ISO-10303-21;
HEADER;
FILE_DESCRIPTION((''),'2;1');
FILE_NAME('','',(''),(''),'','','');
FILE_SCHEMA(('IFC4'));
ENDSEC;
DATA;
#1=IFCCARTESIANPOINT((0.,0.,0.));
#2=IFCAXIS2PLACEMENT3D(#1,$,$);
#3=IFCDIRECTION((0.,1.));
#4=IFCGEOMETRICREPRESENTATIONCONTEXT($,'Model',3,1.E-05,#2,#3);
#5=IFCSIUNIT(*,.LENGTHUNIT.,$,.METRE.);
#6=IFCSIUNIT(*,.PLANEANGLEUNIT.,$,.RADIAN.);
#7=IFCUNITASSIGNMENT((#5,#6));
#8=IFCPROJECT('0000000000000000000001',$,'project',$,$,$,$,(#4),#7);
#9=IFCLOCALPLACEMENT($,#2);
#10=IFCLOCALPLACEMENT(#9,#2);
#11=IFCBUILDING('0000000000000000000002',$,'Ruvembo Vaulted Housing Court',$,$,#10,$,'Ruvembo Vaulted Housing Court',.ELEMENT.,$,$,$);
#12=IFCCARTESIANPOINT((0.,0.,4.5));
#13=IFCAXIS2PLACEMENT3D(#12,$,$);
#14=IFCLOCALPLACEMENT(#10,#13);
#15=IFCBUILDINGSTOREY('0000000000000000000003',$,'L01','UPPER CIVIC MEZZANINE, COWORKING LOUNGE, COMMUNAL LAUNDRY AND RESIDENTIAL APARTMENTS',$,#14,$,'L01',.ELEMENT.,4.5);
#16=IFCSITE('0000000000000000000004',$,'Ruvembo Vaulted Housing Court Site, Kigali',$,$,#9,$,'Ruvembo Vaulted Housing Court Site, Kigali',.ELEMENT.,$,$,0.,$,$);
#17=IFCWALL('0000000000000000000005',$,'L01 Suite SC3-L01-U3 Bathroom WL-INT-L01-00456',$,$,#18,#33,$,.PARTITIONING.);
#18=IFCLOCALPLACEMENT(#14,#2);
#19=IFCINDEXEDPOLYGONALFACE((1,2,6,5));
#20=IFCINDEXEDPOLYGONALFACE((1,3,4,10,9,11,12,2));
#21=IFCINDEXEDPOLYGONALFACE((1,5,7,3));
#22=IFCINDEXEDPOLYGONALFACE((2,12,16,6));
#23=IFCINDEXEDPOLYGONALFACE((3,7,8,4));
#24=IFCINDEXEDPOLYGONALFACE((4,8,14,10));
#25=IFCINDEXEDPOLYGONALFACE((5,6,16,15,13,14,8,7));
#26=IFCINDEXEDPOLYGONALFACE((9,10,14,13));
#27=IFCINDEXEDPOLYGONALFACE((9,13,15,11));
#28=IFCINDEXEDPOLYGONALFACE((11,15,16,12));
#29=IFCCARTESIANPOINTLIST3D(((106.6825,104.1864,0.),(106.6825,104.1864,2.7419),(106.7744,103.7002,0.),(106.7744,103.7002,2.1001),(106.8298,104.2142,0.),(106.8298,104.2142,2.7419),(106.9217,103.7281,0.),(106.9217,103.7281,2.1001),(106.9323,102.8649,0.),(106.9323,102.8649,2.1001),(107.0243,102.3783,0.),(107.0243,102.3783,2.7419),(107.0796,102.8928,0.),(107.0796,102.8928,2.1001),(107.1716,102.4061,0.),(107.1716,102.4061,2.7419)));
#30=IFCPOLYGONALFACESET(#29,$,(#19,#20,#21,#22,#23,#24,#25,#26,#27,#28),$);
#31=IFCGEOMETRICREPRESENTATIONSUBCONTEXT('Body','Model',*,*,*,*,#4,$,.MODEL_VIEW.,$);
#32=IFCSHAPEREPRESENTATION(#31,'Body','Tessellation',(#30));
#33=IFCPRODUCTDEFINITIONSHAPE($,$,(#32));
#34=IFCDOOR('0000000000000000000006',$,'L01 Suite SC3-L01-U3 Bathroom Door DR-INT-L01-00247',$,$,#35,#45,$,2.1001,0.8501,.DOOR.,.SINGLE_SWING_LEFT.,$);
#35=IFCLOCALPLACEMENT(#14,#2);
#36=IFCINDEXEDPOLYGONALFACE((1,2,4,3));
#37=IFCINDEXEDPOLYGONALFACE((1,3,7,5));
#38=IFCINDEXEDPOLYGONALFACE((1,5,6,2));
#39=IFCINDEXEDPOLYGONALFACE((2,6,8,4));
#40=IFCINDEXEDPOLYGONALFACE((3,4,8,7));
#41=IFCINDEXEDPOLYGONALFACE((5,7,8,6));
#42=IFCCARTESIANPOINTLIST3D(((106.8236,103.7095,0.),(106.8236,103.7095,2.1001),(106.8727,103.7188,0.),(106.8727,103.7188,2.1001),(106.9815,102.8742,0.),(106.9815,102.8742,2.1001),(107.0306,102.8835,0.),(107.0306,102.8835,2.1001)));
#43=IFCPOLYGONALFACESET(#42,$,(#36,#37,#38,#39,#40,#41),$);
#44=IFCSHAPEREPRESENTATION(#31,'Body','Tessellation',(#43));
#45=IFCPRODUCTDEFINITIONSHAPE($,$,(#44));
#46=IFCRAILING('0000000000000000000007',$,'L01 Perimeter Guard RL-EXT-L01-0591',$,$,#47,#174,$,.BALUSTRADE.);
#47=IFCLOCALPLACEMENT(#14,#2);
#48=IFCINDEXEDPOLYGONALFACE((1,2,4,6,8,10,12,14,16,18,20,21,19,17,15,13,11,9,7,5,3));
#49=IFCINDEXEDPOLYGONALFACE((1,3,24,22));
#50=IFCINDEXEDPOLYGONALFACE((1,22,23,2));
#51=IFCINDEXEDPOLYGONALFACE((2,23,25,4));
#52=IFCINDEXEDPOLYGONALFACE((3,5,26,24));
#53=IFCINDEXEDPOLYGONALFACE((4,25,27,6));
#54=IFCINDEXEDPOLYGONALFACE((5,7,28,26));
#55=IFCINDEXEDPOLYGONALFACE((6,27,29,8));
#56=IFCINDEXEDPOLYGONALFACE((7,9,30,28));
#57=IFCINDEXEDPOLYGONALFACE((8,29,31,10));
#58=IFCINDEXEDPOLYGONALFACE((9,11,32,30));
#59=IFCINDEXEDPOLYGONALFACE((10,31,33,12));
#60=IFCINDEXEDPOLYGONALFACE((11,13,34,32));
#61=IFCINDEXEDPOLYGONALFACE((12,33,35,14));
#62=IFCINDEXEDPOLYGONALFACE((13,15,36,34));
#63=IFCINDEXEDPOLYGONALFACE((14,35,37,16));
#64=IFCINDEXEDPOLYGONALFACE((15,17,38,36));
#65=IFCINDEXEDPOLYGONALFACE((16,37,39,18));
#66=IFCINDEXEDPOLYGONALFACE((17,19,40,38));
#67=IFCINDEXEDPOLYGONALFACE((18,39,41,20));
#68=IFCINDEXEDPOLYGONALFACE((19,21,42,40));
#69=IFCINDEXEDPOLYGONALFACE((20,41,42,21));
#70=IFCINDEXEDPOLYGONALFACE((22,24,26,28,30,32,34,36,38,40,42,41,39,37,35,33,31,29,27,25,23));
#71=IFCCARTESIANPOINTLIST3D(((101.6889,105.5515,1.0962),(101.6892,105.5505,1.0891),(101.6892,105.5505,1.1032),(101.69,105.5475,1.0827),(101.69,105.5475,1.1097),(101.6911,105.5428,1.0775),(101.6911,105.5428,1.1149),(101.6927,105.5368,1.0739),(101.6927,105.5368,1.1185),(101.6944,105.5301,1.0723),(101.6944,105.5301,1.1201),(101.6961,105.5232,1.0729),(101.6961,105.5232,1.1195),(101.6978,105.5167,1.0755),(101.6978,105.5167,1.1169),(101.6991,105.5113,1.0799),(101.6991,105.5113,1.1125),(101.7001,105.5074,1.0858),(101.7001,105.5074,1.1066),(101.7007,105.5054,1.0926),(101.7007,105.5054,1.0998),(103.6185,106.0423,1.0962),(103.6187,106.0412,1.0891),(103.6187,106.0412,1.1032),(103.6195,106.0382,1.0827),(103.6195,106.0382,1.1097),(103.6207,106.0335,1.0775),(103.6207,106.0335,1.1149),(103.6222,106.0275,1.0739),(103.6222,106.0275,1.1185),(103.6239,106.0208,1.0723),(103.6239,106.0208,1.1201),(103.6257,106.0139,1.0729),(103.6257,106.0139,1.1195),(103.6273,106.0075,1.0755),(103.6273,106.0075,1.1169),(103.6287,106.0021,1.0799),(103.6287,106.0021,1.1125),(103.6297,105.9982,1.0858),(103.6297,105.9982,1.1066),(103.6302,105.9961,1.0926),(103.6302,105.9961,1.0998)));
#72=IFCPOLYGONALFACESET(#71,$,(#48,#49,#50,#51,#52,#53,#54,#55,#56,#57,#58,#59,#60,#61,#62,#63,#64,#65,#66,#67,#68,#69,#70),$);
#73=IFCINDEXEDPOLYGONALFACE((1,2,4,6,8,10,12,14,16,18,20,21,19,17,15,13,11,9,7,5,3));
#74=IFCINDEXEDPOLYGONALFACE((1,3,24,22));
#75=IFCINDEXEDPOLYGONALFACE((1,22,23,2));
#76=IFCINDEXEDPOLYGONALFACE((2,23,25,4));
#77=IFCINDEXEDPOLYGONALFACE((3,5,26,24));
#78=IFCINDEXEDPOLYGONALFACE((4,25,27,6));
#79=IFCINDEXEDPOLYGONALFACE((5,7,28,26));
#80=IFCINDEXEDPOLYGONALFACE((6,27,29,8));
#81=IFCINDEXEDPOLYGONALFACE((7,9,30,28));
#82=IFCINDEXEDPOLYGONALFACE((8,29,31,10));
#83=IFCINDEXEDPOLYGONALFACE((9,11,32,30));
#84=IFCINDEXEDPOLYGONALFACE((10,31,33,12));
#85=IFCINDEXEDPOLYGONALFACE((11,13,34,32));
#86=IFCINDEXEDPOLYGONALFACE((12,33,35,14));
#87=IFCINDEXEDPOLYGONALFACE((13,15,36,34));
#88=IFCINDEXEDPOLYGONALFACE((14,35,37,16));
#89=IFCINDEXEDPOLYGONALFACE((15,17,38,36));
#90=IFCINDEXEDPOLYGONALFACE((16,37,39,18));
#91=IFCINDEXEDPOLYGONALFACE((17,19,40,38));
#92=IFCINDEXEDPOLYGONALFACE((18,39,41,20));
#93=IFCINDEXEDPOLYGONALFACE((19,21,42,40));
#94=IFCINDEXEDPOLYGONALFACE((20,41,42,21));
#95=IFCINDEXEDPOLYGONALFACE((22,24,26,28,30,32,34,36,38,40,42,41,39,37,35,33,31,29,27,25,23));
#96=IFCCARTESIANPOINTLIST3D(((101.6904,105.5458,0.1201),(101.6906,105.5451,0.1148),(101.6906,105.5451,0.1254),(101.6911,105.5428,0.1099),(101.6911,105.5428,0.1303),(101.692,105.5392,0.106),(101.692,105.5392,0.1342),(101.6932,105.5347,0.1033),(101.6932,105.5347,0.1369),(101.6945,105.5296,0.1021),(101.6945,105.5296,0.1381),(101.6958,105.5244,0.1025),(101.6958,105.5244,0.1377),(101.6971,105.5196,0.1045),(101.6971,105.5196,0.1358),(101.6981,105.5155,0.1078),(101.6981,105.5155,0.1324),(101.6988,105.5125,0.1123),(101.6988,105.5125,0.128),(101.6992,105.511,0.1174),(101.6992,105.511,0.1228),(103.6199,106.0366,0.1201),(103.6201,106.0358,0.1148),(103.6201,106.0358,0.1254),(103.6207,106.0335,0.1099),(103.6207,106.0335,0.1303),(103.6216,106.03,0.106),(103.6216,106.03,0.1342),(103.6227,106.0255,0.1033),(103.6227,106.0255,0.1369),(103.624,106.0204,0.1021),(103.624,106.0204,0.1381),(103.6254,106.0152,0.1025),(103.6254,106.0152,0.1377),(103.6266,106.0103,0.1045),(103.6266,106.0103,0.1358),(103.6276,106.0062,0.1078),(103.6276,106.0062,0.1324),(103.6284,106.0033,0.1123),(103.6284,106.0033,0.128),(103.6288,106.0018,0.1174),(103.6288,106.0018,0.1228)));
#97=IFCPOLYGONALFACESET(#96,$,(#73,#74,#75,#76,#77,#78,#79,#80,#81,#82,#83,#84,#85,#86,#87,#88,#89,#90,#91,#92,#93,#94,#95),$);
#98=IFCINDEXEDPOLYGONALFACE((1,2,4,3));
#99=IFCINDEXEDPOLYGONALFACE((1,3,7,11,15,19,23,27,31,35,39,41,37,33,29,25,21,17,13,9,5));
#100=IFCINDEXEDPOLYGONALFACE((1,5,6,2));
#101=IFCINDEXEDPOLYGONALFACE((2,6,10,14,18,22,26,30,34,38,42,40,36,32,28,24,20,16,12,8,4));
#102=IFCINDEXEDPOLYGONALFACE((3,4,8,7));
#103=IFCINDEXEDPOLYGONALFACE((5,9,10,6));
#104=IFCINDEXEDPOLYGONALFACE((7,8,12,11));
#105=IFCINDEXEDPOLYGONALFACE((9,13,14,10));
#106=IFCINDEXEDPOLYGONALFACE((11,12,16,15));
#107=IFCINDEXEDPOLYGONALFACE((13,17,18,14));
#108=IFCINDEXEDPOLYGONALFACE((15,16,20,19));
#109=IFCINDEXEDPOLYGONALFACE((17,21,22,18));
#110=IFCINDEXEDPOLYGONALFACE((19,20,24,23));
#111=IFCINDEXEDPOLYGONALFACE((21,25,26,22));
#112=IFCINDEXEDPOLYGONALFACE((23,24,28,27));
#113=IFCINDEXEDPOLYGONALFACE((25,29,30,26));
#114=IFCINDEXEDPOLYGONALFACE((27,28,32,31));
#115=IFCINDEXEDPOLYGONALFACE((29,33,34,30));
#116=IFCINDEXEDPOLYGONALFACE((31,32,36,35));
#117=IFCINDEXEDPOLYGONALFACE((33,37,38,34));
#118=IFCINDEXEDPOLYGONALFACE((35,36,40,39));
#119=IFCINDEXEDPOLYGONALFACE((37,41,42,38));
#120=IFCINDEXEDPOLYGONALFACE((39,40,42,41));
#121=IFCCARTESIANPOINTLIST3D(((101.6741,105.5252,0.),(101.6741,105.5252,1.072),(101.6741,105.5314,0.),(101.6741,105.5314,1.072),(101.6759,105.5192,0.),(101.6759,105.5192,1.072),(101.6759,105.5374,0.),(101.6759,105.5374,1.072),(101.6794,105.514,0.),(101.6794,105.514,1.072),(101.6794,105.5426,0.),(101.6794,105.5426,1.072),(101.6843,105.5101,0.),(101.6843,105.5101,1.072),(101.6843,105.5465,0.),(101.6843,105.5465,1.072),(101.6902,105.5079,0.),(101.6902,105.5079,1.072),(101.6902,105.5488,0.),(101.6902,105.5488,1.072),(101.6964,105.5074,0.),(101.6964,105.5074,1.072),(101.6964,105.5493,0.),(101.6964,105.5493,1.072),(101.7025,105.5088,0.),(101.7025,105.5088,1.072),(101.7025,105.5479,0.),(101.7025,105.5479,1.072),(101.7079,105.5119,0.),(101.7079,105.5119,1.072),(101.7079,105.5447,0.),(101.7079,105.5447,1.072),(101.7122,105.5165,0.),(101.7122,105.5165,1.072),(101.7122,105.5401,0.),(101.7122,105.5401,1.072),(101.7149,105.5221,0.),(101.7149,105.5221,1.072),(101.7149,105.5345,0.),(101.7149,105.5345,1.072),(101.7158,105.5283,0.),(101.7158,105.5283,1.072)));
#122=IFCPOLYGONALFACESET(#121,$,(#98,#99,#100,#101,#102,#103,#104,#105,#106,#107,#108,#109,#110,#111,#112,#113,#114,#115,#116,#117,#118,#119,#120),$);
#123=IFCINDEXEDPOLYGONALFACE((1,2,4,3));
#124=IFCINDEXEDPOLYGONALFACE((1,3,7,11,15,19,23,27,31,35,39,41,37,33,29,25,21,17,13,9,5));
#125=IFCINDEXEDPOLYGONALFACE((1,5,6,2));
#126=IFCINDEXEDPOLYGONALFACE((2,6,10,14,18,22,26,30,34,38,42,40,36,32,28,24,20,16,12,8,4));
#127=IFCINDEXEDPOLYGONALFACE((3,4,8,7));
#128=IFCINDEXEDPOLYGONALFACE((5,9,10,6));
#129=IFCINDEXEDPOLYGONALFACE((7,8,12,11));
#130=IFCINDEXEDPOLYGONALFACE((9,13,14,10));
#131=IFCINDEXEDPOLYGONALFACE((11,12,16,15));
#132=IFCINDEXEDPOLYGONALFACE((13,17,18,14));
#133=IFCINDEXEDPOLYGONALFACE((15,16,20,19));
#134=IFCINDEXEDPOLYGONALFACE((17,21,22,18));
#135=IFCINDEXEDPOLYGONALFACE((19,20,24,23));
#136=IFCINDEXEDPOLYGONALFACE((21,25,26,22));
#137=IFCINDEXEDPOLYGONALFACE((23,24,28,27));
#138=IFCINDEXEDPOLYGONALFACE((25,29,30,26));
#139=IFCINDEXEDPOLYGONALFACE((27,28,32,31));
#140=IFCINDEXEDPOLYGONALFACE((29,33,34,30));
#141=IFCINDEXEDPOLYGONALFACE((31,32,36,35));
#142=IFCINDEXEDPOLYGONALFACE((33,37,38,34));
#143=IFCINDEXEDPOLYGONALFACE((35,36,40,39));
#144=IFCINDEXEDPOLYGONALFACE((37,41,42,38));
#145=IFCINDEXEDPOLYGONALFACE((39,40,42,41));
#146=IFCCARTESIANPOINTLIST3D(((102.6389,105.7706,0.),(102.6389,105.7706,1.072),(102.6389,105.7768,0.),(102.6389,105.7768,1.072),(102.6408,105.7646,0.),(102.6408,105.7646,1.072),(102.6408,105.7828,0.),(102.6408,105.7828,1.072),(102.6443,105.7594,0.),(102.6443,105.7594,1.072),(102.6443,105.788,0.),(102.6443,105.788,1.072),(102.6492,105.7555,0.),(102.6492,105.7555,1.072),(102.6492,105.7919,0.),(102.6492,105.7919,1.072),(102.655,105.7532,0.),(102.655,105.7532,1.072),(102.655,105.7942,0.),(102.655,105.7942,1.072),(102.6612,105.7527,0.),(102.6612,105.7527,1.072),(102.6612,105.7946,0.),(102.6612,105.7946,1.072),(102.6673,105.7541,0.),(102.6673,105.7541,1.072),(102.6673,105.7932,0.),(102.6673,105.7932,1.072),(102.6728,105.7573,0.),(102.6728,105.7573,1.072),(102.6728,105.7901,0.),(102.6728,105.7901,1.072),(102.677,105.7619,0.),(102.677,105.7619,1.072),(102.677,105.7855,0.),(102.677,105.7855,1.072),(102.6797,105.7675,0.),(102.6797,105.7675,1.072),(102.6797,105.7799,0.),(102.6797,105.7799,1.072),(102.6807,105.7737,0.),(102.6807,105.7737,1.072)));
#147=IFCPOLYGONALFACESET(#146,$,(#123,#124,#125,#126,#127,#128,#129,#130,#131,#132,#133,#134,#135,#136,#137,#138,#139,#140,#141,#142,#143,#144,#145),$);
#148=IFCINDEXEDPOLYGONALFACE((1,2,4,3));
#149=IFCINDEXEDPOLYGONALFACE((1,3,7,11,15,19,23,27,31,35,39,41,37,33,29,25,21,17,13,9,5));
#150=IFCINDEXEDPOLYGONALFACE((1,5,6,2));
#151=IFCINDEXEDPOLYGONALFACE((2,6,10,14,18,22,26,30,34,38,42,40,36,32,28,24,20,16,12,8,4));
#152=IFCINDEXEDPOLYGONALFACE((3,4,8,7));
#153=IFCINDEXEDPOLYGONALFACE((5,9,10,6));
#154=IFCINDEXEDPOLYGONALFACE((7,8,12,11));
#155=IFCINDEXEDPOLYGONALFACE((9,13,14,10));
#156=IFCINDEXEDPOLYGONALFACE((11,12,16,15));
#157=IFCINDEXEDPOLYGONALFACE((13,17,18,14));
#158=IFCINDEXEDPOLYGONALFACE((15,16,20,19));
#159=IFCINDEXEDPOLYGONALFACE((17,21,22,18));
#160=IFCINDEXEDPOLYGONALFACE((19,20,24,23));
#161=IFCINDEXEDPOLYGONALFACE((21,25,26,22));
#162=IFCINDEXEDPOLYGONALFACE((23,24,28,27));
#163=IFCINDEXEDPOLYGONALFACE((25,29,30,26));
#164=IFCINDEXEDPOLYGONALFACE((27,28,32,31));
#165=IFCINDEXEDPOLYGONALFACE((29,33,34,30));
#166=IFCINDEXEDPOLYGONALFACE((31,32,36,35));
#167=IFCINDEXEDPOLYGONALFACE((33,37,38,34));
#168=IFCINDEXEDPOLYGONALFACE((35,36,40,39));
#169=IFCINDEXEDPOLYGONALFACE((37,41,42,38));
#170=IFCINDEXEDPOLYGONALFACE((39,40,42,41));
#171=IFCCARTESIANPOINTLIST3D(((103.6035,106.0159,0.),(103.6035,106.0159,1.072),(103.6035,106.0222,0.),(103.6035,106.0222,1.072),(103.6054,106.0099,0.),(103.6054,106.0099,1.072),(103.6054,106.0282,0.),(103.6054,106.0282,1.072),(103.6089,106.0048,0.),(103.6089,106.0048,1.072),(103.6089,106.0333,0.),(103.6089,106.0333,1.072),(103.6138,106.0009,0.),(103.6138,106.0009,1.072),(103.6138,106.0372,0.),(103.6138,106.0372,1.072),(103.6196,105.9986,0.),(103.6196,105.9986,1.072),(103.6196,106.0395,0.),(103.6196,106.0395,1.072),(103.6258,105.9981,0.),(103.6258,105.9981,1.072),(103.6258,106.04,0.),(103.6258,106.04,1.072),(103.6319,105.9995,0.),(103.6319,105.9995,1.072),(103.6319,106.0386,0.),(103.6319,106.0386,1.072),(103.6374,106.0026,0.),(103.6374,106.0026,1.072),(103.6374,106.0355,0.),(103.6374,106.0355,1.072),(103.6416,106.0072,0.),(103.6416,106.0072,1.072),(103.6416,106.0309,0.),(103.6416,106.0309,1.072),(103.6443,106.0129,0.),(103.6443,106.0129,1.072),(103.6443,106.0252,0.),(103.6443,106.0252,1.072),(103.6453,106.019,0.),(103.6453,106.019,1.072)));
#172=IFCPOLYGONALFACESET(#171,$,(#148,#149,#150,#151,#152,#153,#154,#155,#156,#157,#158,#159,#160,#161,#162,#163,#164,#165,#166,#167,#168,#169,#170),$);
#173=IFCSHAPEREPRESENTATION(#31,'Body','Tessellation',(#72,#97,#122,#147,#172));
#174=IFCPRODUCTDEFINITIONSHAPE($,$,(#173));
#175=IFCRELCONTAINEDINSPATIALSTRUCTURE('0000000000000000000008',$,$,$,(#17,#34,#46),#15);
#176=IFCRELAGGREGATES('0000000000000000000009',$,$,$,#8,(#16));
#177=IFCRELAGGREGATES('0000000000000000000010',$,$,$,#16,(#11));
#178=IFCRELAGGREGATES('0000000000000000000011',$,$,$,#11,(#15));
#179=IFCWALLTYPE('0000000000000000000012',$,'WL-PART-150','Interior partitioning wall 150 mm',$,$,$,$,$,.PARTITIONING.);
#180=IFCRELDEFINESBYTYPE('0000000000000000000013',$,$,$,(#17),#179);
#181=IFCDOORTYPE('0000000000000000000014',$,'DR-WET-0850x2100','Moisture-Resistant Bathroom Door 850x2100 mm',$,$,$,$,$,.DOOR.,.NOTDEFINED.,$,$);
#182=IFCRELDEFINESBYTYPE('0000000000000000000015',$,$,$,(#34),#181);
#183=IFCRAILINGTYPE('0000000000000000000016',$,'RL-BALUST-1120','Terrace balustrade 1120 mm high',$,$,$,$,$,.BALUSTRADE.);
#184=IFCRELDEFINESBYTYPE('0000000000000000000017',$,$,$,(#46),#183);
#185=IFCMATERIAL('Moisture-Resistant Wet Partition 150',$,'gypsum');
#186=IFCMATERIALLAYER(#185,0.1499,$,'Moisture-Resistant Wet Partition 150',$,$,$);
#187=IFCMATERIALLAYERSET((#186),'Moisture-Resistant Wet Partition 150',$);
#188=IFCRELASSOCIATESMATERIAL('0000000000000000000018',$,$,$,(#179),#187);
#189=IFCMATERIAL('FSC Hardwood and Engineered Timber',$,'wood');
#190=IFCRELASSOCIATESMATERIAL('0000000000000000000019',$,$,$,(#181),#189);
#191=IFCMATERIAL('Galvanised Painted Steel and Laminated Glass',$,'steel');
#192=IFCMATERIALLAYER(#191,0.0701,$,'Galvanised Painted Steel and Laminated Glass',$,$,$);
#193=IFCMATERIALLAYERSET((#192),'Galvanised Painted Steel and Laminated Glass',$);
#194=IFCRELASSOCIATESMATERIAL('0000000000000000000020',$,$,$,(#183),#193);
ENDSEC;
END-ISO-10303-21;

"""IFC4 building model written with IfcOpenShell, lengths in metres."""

from ifc_helpers import new_model, si_unit, direction, frame, frame_2d, origin, origin_2d, place, context, subcontext, project, spatial, rectangle, circle, extrude, material, layer, layer_set, type_object, element, fill, save


model = new_model("IFC4")

# Units and contexts
model_context = context("Model", 3, precision=1e-05, world=origin(), true_north=direction((0.0, 1.0)))
body_context = subcontext(model_context, "Body", "Model", "MODEL_VIEW")
ifc_project = project(units=[si_unit("LENGTHUNIT", "METRE"), si_unit("PLANEANGLEUNIT", "RADIAN")], contexts=[model_context])

# Site, building, storey
site_placement = place(None, origin())
site = spatial("IfcSite", under=ifc_project, at=site_placement, Name="Ruvembo Vaulted Housing Court Site, Kigali", LongName="Ruvembo Vaulted Housing Court Site, Kigali", CompositionType="ELEMENT", RefElevation=0.0)
building_placement = place(site_placement, origin())
building = spatial("IfcBuilding", under=site, at=building_placement, Name="Ruvembo Vaulted Housing Court", LongName="Ruvembo Vaulted Housing Court", CompositionType="ELEMENT")
storey_placement = place(building_placement, frame((0.0, 0.0, 4.5)))
storey = spatial("IfcBuildingStorey", under=building, at=storey_placement, Name="L01", Description="UPPER CIVIC MEZZANINE, COWORKING LOUNGE, COMMUNAL LAUNDRY AND RESIDENTIAL APARTMENTS", LongName="L01", CompositionType="ELEMENT", Elevation=4.5)

# Shared definitions
ifc_material_1 = material(Name="FSC Hardwood and Engineered Timber", Category="wood")

# Wall, opening, door
ifc_material_2 = material(Name="Moisture-Resistant Wet Partition 150", Category="gypsum")
ifc_layer_1 = layer(ifc_material_2, 0.1499, Name="Moisture-Resistant Wet Partition 150")
ifc_layer_set_1 = layer_set([ifc_layer_1], Name="Moisture-Resistant Wet Partition 150")
wall_type_1 = type_object("IfcWallType", Name="WL-PART-150", Description="Interior partitioning wall 150 mm", PredefinedType="PARTITIONING", material=ifc_layer_set_1)
wall_1_placement = place(storey_placement, frame((107.0979, 102.3923, 0.0), z_axis=(0.0, 0.0, 1.0), x_axis=(-0.185746, 0.982598, 0.0)))
wall_1 = element("IfcWall", 1, at=wall_1_placement, inside=storey, type_object=wall_type_1, Name="L01 Suite SC3-L01-U3 Bathroom WL-INT-L01-00456", PredefinedType="PARTITIONING", context=body_context, shape_type="SweptSolid", body=[
    extrude(rectangle(XDim=1.8401, YDim=0.1499, at=frame_2d((0.9199, 0.0))), origin(), (0.0, 0.0, 1.0), 2.7419),
])
opening_1_placement = place(wall_1_placement, frame((0.4951, 0.0, 0.0)))
opening_1 = element("IfcOpeningElement", 2, at=opening_1_placement, cuts=wall_1, PredefinedType="OPENING", context=body_context, shape_type="SweptSolid", body=[
    extrude(rectangle(XDim=0.8501, YDim=2.1001, at=frame_2d((0.425, 1.05))), frame((0.0, 0.085, 0.0), z_axis=(0.0, -1.0, 0.0), x_axis=(1.0, 0.0, 0.0)), (0.0, 0.0, 1.0), 0.1699),
])
door_type_1 = type_object("IfcDoorType", Name="DR-WET-0850x2100", Description="Moisture-Resistant Bathroom Door 850x2100 mm", OperationType="NOTDEFINED", PredefinedType="DOOR", material=ifc_material_1)
door_1_placement = place(opening_1_placement, origin())
door_1 = element("IfcDoor", 3, at=door_1_placement, inside=storey, type_object=door_type_1, Name="L01 Suite SC3-L01-U3 Bathroom Door DR-INT-L01-00247", OperationType="SINGLE_SWING_LEFT", OverallHeight=2.1001, OverallWidth=0.8501, PredefinedType="DOOR", context=body_context, shape_type="SweptSolid", body=[
    extrude(rectangle(XDim=0.8501, YDim=2.1001, at=frame_2d((0.425, 1.05))), frame((0.0, 0.0249, 0.0), z_axis=(0.0, -1.0, 0.0), x_axis=(1.0, 0.0, 0.0)), (0.0, 0.0, 1.0), 0.05),
])
fill(opening_1, door_1)

# Railing
ifc_material_3 = material(Name="Galvanised Painted Steel and Laminated Glass", Category="steel")
ifc_layer_2 = layer(ifc_material_3, 0.0701, Name="Galvanised Painted Steel and Laminated Glass")
ifc_layer_set_2 = layer_set([ifc_layer_2], Name="Galvanised Painted Steel and Laminated Glass")
railing_type = type_object("IfcRailingType", Name="RL-BALUST-1120", Description="Terrace balustrade 1120 mm high", PredefinedType="BALUSTRADE", material=ifc_layer_set_2)
railing_1_placement = place(storey_placement, frame((101.6948, 105.5283, 0.0)))
element("IfcRailing", 4, at=railing_1_placement, inside=storey, type_object=railing_type, Name="L01 Perimeter Guard RL-EXT-L01-0591", PredefinedType="BALUSTRADE", context=body_context, shape_type="SweptSolid", body=[
    extrude(circle(Radius=0.0239, at=origin_2d()), frame((0.0, 0.0, 1.0962), z_axis=(0.969146, 0.246487, 0.0), x_axis=(-0.246487, 0.969146, 0.0)), (0.0, 0.0, 1.0), 1.991),
    extrude(circle(Radius=0.0181, at=origin_2d()), frame((0.0, 0.0, 0.1201), z_axis=(0.969146, 0.246487, 0.0), x_axis=(-0.246487, 0.969146, 0.0)), (0.0, 0.0, 1.0), 1.991),
    extrude(circle(Radius=0.021, at=origin_2d()), origin(), (0.0, 0.0, 1.0), 1.072),
    extrude(circle(Radius=0.021, at=origin_2d()), frame((0.9648, 0.2454, 0.0)), (0.0, 0.0, 1.0), 1.072),
    extrude(circle(Radius=0.021, at=origin_2d()), frame((1.9294, 0.4907, 0.0)), (0.0, 0.0, 1.0), 1.072),
])

save(model, "model.ifc")
